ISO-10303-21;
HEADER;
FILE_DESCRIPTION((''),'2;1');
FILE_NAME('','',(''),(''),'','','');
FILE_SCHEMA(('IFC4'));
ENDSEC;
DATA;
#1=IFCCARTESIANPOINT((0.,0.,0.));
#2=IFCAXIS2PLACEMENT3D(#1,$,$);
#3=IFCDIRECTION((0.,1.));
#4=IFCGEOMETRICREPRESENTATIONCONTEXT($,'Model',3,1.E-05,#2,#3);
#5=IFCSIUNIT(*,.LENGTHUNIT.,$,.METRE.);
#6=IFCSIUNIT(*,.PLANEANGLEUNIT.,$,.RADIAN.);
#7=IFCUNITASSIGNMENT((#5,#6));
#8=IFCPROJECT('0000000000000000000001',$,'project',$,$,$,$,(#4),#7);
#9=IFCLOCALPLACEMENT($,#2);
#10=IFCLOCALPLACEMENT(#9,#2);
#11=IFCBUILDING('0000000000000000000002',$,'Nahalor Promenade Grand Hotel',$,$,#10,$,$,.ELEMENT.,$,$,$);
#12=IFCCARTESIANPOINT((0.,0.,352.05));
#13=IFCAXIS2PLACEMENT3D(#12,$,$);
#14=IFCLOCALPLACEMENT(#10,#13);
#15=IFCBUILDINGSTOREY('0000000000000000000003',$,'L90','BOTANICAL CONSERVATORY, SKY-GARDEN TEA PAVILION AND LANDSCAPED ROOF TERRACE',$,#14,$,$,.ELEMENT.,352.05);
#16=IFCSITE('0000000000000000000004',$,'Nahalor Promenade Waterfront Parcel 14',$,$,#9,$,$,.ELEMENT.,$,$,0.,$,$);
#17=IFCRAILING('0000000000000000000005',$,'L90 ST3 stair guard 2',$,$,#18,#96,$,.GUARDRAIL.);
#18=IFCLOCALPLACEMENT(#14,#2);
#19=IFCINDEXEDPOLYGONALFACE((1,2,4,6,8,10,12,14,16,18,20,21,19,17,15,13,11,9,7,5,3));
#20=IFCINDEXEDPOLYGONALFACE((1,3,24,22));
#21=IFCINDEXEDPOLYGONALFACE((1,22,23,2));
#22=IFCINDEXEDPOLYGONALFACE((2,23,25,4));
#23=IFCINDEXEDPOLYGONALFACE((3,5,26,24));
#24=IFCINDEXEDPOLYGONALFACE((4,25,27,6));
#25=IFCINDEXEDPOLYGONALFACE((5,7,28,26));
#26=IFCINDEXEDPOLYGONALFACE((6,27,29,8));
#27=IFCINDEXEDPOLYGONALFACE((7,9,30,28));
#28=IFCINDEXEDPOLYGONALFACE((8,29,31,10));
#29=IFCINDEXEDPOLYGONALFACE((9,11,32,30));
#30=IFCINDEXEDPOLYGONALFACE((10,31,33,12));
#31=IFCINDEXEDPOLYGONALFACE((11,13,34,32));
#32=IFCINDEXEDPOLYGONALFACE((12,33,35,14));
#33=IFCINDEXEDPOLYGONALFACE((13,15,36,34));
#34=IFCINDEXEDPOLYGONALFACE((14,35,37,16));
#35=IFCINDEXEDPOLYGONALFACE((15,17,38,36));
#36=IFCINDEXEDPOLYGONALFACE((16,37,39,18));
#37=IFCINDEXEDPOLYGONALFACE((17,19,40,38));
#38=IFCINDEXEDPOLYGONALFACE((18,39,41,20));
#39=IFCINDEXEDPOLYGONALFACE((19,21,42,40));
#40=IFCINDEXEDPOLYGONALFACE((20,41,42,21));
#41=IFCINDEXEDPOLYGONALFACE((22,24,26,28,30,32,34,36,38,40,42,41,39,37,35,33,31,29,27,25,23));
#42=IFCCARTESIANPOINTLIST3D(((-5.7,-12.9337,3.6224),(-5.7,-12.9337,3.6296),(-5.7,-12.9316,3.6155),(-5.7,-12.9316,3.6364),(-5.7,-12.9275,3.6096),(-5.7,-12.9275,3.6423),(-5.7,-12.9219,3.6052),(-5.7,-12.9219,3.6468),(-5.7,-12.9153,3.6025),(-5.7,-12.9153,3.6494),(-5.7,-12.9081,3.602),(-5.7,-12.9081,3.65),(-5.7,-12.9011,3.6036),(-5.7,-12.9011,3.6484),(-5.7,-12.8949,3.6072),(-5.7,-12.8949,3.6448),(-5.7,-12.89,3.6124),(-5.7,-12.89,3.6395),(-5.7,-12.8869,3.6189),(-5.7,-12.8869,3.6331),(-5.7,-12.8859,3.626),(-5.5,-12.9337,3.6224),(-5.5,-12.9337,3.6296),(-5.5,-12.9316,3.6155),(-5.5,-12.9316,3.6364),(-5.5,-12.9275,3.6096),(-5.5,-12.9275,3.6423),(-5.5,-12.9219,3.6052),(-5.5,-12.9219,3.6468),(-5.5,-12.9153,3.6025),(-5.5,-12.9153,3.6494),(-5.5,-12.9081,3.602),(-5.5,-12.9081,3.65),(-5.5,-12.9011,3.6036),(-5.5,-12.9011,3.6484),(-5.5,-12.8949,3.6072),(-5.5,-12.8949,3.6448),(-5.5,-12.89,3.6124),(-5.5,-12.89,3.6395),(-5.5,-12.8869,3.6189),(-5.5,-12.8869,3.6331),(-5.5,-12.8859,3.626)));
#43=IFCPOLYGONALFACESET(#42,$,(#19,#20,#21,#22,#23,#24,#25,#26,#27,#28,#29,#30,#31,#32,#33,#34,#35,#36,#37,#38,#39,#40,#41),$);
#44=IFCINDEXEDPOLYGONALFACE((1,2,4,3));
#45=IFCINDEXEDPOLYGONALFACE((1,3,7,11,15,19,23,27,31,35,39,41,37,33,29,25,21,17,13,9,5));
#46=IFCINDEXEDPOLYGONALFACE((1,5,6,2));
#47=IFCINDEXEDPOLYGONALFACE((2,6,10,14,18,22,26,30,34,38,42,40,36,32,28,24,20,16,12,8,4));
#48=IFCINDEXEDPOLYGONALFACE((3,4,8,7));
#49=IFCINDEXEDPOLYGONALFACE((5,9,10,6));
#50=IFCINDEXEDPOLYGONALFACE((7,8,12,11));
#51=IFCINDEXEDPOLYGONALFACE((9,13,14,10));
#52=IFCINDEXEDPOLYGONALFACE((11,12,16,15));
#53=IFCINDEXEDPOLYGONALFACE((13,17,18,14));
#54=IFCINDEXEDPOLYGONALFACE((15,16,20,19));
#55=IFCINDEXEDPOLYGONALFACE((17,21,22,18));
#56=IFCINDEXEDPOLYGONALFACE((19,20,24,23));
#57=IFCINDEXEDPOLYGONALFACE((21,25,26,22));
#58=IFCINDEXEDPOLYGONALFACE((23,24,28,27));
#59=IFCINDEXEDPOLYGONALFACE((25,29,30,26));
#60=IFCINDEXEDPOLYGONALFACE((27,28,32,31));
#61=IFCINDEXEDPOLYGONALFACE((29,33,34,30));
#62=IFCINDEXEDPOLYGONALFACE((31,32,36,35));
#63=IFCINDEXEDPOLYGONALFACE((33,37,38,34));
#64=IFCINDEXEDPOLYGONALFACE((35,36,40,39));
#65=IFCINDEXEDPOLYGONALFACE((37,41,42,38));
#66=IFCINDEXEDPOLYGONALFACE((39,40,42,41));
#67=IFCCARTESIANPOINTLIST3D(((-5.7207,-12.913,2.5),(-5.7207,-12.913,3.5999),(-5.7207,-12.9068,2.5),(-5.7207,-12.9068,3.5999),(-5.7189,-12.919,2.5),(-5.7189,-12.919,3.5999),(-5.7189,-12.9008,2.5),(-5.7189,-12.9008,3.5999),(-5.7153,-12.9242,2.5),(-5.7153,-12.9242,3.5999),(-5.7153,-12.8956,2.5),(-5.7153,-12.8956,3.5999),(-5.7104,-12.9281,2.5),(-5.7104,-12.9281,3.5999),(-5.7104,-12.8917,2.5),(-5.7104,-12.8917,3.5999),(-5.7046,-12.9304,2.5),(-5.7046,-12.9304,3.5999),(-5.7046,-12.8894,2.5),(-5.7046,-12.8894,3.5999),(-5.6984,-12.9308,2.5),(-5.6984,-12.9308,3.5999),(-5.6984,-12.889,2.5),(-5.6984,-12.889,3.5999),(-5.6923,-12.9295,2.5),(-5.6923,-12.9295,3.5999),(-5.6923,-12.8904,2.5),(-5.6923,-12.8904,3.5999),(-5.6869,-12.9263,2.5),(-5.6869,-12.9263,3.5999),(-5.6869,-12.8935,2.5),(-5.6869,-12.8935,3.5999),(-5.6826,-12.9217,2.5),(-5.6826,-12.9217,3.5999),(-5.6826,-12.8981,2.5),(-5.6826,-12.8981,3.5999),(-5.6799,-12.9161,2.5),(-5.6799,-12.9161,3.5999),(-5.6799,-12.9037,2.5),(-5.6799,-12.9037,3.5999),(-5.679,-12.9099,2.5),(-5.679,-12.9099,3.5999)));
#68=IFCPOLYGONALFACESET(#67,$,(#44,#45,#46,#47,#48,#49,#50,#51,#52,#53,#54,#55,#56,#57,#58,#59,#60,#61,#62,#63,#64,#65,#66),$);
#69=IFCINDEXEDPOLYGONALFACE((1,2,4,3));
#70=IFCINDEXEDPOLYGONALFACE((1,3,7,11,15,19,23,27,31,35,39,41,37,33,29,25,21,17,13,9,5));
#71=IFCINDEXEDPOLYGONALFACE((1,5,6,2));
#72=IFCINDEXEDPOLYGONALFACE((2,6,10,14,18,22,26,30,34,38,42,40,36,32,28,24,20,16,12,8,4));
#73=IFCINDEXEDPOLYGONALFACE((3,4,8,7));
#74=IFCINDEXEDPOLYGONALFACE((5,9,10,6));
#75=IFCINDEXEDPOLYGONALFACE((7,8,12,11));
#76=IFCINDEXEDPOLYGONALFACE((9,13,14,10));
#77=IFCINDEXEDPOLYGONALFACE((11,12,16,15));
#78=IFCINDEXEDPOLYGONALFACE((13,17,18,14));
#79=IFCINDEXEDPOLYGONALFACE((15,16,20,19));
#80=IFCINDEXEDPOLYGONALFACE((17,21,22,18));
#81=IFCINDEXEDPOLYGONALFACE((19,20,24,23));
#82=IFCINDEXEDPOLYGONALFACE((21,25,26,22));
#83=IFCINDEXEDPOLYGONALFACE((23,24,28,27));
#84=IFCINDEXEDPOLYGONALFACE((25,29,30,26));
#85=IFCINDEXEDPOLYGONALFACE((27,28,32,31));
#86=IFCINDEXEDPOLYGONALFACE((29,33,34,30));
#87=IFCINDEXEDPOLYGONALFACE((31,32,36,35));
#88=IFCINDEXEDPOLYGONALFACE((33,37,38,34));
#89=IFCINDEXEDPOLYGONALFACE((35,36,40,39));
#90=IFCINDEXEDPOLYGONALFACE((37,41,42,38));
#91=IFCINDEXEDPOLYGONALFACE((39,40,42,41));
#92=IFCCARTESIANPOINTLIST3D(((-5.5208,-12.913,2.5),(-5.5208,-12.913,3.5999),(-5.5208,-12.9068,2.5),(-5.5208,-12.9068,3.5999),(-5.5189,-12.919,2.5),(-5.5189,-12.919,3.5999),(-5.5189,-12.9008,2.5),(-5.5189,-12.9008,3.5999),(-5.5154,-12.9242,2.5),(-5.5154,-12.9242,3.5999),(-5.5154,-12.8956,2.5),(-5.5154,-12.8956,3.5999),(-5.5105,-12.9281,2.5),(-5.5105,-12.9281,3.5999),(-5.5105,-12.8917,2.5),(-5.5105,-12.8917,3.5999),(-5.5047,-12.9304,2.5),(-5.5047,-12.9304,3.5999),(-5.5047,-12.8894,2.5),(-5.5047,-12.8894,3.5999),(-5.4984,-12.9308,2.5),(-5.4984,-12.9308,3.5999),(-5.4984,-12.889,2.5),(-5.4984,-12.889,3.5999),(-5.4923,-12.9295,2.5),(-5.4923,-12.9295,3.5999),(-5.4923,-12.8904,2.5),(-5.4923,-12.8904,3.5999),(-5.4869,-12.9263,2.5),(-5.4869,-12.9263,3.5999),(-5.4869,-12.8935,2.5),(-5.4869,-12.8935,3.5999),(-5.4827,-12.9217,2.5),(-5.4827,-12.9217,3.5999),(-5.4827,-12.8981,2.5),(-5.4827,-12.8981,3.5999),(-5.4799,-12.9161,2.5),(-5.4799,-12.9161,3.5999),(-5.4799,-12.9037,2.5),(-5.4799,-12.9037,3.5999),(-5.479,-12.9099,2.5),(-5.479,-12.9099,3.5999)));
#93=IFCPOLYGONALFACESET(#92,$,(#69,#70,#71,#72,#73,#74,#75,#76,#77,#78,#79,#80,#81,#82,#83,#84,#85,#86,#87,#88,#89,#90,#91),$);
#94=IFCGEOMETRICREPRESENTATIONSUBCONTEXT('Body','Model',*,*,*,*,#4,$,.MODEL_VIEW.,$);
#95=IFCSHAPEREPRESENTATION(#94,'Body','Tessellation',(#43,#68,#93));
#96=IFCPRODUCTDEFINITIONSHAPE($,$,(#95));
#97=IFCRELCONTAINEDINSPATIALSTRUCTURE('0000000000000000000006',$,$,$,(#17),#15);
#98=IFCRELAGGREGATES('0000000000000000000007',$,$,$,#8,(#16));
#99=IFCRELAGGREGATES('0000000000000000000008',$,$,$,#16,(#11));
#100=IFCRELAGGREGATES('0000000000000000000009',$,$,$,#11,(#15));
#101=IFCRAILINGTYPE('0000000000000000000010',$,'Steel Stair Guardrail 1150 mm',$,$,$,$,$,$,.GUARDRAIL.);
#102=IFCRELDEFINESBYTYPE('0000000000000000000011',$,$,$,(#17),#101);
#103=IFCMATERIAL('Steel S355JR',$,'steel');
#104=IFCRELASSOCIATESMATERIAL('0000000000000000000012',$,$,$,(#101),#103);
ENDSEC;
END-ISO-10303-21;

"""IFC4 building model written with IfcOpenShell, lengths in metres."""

from ifc_helpers import new_model, si_unit, direction, frame, origin, origin_2d, place, context, subcontext, project, spatial, circle, extrude, material, type_object, element, save


model = new_model("IFC4")

# Units and contexts
model_context = context("Model", 3, precision=1e-05, world=origin(), true_north=direction((0.0, 1.0)))
body_context = subcontext(model_context, "Body", "Model", "MODEL_VIEW")
ifc_project = project(units=[si_unit("LENGTHUNIT", "METRE"), si_unit("PLANEANGLEUNIT", "RADIAN")], contexts=[model_context])

# Site, building, storey
site_placement = place(None, origin())
site = spatial("IfcSite", under=ifc_project, at=site_placement, Name="Nahalor Promenade Waterfront Parcel 14", CompositionType="ELEMENT", RefElevation=0.0)
building_placement = place(site_placement, origin())
building = spatial("IfcBuilding", under=site, at=building_placement, Name="Nahalor Promenade Grand Hotel", CompositionType="ELEMENT")
storey_placement = place(building_placement, frame((0.0, 0.0, 352.05)))
storey = spatial("IfcBuildingStorey", under=building, at=storey_placement, Name="L90", Description="BOTANICAL CONSERVATORY, SKY-GARDEN TEA PAVILION AND LANDSCAPED ROOF TERRACE", CompositionType="ELEMENT", Elevation=352.05)

# Shared definitions
ifc_material_1 = material(Name="Steel S355JR", Category="steel")

# Railing
railing_type = type_object("IfcRailingType", Name="Steel Stair Guardrail 1150 mm", PredefinedType="GUARDRAIL", material=ifc_material_1)
railing_placement = place(storey_placement, frame((-5.7, -12.9099, 2.5)))
element("IfcRailing", 1, at=railing_placement, inside=storey, type_object=railing_type, Name="L90 ST3 stair guard 2", PredefinedType="GUARDRAIL", context=body_context, shape_type="SweptSolid", body=[
    extrude(circle(Radius=0.024, at=origin_2d()), frame((0.0, 0.0, 1.126), z_axis=(1.0, 0.0, 0.0), x_axis=(0.0, 1.0, 0.0)), (0.0, 0.0, 1.0), 0.2),
    extrude(circle(Radius=0.021, at=origin_2d()), origin(), (0.0, 0.0, 1.0), 1.0999),
    extrude(circle(Radius=0.021, at=origin_2d()), frame((0.2, 0.0, 0.0)), (0.0, 0.0, 1.0), 1.0999),
])

save(model, "model.ifc")
